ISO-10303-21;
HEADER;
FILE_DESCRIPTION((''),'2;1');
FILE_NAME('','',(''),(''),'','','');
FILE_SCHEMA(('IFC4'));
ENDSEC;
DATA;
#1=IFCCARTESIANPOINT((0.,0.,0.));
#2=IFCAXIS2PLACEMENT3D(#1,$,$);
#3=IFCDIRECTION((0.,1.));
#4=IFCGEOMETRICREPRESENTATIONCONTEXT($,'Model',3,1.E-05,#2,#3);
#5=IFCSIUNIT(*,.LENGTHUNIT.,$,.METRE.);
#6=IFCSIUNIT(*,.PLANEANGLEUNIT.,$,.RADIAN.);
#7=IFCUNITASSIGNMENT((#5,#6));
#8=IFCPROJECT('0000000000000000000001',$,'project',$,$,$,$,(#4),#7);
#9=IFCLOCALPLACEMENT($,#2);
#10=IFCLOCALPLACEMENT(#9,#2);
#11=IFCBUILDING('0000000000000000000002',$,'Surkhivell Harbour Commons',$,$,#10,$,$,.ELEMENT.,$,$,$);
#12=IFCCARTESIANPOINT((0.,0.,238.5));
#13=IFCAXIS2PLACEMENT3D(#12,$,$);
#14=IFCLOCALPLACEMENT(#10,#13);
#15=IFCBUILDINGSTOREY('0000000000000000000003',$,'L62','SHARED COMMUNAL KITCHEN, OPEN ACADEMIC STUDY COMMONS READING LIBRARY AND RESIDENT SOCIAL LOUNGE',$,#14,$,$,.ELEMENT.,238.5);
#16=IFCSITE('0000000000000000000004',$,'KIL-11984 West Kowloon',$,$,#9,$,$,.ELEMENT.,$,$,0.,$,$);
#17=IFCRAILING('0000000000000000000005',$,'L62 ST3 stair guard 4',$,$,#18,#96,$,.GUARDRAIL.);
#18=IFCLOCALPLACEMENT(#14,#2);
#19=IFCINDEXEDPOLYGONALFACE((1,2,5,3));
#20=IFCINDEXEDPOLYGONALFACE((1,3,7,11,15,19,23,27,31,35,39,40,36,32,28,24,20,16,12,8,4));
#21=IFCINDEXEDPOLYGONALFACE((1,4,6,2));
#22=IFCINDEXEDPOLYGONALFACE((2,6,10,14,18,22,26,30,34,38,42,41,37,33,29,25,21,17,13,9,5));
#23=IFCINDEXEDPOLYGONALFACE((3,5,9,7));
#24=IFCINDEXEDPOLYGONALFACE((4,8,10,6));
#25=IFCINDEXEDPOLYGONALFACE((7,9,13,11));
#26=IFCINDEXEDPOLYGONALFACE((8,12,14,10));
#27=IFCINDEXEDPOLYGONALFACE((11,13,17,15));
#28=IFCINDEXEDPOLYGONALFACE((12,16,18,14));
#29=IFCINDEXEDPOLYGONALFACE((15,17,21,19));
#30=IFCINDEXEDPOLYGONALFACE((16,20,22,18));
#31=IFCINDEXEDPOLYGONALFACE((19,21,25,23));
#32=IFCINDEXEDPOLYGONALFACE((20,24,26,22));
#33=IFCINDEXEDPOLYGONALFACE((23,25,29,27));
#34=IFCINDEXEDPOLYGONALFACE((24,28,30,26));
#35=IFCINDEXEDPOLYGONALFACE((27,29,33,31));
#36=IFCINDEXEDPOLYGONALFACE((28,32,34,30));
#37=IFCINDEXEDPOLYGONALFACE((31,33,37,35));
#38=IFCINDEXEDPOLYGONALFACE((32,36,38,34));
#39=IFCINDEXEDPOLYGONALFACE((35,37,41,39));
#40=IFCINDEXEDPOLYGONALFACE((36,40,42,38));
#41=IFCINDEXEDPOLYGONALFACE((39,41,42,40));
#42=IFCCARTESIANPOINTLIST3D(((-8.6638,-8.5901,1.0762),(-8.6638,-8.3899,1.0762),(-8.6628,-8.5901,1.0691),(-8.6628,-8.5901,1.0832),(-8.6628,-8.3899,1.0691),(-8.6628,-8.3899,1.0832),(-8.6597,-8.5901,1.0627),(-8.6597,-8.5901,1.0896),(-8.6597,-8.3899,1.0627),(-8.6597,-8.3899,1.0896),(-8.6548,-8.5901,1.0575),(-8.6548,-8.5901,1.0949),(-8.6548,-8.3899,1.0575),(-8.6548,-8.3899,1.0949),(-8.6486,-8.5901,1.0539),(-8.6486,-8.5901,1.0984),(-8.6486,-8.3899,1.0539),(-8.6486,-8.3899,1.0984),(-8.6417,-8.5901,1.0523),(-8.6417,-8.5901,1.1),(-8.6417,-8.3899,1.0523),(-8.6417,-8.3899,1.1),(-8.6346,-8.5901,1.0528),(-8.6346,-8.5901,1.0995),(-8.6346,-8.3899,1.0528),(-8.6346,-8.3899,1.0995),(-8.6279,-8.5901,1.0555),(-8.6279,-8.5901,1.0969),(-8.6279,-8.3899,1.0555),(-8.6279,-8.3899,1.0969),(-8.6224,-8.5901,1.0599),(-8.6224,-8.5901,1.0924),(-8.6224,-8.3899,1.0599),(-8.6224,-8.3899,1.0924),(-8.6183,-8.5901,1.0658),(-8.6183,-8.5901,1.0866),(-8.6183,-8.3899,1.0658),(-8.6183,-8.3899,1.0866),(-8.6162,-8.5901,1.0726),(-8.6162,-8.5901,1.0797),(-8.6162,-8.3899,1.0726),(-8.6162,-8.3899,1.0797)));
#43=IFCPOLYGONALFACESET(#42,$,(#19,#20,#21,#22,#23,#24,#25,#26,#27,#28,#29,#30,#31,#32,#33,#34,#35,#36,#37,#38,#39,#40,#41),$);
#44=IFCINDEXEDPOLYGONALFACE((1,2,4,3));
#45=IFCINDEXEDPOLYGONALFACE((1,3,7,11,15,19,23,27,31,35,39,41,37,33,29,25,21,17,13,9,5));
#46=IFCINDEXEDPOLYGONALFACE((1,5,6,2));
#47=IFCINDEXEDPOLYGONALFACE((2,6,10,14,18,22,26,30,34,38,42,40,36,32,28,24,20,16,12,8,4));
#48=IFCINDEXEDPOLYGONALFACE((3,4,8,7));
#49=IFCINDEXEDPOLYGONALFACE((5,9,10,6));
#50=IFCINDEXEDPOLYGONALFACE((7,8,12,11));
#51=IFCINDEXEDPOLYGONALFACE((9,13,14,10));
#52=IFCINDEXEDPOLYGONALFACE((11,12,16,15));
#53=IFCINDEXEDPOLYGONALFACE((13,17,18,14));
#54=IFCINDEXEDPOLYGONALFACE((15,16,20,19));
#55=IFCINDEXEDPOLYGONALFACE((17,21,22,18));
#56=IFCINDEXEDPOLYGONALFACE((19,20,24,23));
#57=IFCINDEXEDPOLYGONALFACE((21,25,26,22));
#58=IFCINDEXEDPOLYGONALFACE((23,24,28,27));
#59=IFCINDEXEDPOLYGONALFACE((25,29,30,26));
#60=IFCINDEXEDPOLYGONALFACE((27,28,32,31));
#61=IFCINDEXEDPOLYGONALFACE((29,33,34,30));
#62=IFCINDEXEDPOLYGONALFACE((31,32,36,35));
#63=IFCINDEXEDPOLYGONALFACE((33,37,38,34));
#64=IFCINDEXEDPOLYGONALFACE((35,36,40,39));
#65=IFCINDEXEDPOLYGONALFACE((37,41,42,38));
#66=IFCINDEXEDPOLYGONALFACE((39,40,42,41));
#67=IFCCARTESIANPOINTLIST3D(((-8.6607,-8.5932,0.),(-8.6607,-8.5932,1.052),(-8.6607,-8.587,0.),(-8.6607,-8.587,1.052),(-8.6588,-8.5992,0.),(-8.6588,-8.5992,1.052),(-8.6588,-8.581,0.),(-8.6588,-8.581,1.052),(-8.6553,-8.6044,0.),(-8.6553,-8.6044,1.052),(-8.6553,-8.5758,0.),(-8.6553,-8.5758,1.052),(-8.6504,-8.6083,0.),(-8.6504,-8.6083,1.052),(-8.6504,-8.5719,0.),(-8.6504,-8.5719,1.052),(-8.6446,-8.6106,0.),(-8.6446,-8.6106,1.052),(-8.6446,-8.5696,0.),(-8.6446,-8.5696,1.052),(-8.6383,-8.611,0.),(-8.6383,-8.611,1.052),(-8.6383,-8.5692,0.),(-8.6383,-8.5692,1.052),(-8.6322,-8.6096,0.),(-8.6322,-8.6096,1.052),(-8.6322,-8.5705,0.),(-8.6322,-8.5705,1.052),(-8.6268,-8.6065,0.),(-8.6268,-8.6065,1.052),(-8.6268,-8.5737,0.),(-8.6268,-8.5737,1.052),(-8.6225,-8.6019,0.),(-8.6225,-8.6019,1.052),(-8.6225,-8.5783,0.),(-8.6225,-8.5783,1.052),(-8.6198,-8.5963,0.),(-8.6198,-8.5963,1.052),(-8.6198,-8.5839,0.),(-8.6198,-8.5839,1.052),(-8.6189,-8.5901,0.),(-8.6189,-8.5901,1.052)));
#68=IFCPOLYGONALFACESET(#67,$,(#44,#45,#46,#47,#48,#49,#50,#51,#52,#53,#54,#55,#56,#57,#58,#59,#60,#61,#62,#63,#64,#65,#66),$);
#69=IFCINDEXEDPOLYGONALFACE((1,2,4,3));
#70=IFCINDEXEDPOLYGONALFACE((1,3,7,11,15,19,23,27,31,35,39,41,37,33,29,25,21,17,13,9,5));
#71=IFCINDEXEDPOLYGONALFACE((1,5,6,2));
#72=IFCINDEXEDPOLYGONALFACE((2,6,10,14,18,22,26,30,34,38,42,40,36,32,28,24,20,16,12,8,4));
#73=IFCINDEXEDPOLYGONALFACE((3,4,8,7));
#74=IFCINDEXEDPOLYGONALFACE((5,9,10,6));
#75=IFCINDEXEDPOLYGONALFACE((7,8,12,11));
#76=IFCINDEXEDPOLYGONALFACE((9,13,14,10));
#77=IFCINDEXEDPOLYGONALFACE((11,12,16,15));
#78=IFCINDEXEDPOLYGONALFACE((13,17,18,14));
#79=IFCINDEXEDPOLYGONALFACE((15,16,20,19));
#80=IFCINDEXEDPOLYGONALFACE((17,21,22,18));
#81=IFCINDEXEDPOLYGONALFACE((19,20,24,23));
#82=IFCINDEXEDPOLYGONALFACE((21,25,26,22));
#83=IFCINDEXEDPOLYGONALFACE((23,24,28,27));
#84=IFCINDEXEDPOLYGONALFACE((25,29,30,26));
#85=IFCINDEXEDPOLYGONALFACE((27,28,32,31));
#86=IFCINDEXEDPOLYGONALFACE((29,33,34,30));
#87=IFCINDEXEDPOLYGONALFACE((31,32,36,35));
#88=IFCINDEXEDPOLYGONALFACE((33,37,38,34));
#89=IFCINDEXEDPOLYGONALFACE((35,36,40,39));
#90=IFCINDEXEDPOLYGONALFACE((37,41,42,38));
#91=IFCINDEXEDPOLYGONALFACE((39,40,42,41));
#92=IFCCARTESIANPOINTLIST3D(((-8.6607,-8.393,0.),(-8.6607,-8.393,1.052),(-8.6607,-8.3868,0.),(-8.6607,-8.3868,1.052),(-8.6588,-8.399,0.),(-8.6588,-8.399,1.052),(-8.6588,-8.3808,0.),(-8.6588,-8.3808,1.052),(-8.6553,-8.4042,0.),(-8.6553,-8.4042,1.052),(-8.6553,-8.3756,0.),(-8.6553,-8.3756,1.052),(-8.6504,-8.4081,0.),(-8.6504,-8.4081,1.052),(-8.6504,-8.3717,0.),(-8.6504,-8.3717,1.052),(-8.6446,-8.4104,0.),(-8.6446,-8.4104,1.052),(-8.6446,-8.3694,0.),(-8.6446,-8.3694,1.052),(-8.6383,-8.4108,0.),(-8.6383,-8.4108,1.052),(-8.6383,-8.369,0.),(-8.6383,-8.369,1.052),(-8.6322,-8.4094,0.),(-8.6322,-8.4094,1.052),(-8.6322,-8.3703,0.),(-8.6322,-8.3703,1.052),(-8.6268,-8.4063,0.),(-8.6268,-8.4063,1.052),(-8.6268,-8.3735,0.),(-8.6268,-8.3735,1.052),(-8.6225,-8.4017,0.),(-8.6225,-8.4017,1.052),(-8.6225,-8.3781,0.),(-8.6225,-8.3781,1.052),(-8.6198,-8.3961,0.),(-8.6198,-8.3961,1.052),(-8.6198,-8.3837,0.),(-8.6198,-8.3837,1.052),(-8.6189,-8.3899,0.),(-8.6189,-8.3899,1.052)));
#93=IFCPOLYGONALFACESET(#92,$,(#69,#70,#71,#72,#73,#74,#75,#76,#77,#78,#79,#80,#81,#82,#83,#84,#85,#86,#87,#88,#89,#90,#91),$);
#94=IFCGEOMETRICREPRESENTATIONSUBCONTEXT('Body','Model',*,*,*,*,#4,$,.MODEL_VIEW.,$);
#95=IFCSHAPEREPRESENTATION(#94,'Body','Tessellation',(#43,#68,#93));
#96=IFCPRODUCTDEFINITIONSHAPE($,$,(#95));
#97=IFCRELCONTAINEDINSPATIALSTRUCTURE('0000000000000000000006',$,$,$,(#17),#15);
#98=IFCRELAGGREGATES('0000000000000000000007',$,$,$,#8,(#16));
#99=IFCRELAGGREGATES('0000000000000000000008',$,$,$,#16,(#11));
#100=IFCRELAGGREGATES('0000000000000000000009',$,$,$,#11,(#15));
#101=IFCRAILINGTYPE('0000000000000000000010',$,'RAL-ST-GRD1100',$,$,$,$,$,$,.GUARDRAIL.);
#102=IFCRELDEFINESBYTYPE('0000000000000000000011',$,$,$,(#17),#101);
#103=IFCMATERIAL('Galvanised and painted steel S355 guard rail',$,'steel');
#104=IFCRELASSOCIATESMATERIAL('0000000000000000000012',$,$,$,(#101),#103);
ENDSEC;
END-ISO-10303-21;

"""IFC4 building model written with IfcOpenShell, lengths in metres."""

from ifc_helpers import new_model, si_unit, direction, frame, origin, origin_2d, place, context, subcontext, project, spatial, circle, extrude, material, type_object, element, save


model = new_model("IFC4")

# Units and contexts
model_context = context("Model", 3, precision=1e-05, world=origin(), true_north=direction((0.0, 1.0)))
body_context = subcontext(model_context, "Body", "Model", "MODEL_VIEW")
ifc_project = project(units=[si_unit("LENGTHUNIT", "METRE"), si_unit("PLANEANGLEUNIT", "RADIAN")], contexts=[model_context])

# Site, building, storey
site_placement = place(None, origin())
site = spatial("IfcSite", under=ifc_project, at=site_placement, Name="KIL-11984 West Kowloon", CompositionType="ELEMENT", RefElevation=0.0)
building_placement = place(site_placement, origin())
building = spatial("IfcBuilding", under=site, at=building_placement, Name="Surkhivell Harbour Commons", CompositionType="ELEMENT")
storey_placement = place(building_placement, frame((0.0, 0.0, 238.5)))
storey = spatial("IfcBuildingStorey", under=building, at=storey_placement, Name="L62", Description="SHARED COMMUNAL KITCHEN, OPEN ACADEMIC STUDY COMMONS READING LIBRARY AND RESIDENT SOCIAL LOUNGE", CompositionType="ELEMENT", Elevation=238.5)

# Railing
ifc_material_1 = material(Name="Galvanised and painted steel S355 guard rail", Category="steel")
railing_type_1 = type_object("IfcRailingType", Name="RAL-ST-GRD1100", PredefinedType="GUARDRAIL", material=ifc_material_1)
railing_1_placement = place(storey_placement, frame((-8.6399, -8.5901, 0.0)))
element("IfcRailing", 1, at=railing_1_placement, inside=storey, type_object=railing_type_1, Name="L62 ST3 stair guard 4", PredefinedType="GUARDRAIL", context=body_context, shape_type="SweptSolid", body=[
    extrude(circle(Radius=0.0239, at=origin_2d()), frame((0.0, 0.0, 1.0762), z_axis=(0.0, 1.0, 0.0), x_axis=(-1.0, 0.0, 0.0)), (0.0, 0.0, 1.0), 0.2002),
    extrude(circle(Radius=0.021, at=origin_2d()), origin(), (0.0, 0.0, 1.0), 1.052),
    extrude(circle(Radius=0.021, at=origin_2d()), frame((0.0, 0.2002, 0.0)), (0.0, 0.0, 1.0), 1.052),
])

save(model, "model.ifc")
